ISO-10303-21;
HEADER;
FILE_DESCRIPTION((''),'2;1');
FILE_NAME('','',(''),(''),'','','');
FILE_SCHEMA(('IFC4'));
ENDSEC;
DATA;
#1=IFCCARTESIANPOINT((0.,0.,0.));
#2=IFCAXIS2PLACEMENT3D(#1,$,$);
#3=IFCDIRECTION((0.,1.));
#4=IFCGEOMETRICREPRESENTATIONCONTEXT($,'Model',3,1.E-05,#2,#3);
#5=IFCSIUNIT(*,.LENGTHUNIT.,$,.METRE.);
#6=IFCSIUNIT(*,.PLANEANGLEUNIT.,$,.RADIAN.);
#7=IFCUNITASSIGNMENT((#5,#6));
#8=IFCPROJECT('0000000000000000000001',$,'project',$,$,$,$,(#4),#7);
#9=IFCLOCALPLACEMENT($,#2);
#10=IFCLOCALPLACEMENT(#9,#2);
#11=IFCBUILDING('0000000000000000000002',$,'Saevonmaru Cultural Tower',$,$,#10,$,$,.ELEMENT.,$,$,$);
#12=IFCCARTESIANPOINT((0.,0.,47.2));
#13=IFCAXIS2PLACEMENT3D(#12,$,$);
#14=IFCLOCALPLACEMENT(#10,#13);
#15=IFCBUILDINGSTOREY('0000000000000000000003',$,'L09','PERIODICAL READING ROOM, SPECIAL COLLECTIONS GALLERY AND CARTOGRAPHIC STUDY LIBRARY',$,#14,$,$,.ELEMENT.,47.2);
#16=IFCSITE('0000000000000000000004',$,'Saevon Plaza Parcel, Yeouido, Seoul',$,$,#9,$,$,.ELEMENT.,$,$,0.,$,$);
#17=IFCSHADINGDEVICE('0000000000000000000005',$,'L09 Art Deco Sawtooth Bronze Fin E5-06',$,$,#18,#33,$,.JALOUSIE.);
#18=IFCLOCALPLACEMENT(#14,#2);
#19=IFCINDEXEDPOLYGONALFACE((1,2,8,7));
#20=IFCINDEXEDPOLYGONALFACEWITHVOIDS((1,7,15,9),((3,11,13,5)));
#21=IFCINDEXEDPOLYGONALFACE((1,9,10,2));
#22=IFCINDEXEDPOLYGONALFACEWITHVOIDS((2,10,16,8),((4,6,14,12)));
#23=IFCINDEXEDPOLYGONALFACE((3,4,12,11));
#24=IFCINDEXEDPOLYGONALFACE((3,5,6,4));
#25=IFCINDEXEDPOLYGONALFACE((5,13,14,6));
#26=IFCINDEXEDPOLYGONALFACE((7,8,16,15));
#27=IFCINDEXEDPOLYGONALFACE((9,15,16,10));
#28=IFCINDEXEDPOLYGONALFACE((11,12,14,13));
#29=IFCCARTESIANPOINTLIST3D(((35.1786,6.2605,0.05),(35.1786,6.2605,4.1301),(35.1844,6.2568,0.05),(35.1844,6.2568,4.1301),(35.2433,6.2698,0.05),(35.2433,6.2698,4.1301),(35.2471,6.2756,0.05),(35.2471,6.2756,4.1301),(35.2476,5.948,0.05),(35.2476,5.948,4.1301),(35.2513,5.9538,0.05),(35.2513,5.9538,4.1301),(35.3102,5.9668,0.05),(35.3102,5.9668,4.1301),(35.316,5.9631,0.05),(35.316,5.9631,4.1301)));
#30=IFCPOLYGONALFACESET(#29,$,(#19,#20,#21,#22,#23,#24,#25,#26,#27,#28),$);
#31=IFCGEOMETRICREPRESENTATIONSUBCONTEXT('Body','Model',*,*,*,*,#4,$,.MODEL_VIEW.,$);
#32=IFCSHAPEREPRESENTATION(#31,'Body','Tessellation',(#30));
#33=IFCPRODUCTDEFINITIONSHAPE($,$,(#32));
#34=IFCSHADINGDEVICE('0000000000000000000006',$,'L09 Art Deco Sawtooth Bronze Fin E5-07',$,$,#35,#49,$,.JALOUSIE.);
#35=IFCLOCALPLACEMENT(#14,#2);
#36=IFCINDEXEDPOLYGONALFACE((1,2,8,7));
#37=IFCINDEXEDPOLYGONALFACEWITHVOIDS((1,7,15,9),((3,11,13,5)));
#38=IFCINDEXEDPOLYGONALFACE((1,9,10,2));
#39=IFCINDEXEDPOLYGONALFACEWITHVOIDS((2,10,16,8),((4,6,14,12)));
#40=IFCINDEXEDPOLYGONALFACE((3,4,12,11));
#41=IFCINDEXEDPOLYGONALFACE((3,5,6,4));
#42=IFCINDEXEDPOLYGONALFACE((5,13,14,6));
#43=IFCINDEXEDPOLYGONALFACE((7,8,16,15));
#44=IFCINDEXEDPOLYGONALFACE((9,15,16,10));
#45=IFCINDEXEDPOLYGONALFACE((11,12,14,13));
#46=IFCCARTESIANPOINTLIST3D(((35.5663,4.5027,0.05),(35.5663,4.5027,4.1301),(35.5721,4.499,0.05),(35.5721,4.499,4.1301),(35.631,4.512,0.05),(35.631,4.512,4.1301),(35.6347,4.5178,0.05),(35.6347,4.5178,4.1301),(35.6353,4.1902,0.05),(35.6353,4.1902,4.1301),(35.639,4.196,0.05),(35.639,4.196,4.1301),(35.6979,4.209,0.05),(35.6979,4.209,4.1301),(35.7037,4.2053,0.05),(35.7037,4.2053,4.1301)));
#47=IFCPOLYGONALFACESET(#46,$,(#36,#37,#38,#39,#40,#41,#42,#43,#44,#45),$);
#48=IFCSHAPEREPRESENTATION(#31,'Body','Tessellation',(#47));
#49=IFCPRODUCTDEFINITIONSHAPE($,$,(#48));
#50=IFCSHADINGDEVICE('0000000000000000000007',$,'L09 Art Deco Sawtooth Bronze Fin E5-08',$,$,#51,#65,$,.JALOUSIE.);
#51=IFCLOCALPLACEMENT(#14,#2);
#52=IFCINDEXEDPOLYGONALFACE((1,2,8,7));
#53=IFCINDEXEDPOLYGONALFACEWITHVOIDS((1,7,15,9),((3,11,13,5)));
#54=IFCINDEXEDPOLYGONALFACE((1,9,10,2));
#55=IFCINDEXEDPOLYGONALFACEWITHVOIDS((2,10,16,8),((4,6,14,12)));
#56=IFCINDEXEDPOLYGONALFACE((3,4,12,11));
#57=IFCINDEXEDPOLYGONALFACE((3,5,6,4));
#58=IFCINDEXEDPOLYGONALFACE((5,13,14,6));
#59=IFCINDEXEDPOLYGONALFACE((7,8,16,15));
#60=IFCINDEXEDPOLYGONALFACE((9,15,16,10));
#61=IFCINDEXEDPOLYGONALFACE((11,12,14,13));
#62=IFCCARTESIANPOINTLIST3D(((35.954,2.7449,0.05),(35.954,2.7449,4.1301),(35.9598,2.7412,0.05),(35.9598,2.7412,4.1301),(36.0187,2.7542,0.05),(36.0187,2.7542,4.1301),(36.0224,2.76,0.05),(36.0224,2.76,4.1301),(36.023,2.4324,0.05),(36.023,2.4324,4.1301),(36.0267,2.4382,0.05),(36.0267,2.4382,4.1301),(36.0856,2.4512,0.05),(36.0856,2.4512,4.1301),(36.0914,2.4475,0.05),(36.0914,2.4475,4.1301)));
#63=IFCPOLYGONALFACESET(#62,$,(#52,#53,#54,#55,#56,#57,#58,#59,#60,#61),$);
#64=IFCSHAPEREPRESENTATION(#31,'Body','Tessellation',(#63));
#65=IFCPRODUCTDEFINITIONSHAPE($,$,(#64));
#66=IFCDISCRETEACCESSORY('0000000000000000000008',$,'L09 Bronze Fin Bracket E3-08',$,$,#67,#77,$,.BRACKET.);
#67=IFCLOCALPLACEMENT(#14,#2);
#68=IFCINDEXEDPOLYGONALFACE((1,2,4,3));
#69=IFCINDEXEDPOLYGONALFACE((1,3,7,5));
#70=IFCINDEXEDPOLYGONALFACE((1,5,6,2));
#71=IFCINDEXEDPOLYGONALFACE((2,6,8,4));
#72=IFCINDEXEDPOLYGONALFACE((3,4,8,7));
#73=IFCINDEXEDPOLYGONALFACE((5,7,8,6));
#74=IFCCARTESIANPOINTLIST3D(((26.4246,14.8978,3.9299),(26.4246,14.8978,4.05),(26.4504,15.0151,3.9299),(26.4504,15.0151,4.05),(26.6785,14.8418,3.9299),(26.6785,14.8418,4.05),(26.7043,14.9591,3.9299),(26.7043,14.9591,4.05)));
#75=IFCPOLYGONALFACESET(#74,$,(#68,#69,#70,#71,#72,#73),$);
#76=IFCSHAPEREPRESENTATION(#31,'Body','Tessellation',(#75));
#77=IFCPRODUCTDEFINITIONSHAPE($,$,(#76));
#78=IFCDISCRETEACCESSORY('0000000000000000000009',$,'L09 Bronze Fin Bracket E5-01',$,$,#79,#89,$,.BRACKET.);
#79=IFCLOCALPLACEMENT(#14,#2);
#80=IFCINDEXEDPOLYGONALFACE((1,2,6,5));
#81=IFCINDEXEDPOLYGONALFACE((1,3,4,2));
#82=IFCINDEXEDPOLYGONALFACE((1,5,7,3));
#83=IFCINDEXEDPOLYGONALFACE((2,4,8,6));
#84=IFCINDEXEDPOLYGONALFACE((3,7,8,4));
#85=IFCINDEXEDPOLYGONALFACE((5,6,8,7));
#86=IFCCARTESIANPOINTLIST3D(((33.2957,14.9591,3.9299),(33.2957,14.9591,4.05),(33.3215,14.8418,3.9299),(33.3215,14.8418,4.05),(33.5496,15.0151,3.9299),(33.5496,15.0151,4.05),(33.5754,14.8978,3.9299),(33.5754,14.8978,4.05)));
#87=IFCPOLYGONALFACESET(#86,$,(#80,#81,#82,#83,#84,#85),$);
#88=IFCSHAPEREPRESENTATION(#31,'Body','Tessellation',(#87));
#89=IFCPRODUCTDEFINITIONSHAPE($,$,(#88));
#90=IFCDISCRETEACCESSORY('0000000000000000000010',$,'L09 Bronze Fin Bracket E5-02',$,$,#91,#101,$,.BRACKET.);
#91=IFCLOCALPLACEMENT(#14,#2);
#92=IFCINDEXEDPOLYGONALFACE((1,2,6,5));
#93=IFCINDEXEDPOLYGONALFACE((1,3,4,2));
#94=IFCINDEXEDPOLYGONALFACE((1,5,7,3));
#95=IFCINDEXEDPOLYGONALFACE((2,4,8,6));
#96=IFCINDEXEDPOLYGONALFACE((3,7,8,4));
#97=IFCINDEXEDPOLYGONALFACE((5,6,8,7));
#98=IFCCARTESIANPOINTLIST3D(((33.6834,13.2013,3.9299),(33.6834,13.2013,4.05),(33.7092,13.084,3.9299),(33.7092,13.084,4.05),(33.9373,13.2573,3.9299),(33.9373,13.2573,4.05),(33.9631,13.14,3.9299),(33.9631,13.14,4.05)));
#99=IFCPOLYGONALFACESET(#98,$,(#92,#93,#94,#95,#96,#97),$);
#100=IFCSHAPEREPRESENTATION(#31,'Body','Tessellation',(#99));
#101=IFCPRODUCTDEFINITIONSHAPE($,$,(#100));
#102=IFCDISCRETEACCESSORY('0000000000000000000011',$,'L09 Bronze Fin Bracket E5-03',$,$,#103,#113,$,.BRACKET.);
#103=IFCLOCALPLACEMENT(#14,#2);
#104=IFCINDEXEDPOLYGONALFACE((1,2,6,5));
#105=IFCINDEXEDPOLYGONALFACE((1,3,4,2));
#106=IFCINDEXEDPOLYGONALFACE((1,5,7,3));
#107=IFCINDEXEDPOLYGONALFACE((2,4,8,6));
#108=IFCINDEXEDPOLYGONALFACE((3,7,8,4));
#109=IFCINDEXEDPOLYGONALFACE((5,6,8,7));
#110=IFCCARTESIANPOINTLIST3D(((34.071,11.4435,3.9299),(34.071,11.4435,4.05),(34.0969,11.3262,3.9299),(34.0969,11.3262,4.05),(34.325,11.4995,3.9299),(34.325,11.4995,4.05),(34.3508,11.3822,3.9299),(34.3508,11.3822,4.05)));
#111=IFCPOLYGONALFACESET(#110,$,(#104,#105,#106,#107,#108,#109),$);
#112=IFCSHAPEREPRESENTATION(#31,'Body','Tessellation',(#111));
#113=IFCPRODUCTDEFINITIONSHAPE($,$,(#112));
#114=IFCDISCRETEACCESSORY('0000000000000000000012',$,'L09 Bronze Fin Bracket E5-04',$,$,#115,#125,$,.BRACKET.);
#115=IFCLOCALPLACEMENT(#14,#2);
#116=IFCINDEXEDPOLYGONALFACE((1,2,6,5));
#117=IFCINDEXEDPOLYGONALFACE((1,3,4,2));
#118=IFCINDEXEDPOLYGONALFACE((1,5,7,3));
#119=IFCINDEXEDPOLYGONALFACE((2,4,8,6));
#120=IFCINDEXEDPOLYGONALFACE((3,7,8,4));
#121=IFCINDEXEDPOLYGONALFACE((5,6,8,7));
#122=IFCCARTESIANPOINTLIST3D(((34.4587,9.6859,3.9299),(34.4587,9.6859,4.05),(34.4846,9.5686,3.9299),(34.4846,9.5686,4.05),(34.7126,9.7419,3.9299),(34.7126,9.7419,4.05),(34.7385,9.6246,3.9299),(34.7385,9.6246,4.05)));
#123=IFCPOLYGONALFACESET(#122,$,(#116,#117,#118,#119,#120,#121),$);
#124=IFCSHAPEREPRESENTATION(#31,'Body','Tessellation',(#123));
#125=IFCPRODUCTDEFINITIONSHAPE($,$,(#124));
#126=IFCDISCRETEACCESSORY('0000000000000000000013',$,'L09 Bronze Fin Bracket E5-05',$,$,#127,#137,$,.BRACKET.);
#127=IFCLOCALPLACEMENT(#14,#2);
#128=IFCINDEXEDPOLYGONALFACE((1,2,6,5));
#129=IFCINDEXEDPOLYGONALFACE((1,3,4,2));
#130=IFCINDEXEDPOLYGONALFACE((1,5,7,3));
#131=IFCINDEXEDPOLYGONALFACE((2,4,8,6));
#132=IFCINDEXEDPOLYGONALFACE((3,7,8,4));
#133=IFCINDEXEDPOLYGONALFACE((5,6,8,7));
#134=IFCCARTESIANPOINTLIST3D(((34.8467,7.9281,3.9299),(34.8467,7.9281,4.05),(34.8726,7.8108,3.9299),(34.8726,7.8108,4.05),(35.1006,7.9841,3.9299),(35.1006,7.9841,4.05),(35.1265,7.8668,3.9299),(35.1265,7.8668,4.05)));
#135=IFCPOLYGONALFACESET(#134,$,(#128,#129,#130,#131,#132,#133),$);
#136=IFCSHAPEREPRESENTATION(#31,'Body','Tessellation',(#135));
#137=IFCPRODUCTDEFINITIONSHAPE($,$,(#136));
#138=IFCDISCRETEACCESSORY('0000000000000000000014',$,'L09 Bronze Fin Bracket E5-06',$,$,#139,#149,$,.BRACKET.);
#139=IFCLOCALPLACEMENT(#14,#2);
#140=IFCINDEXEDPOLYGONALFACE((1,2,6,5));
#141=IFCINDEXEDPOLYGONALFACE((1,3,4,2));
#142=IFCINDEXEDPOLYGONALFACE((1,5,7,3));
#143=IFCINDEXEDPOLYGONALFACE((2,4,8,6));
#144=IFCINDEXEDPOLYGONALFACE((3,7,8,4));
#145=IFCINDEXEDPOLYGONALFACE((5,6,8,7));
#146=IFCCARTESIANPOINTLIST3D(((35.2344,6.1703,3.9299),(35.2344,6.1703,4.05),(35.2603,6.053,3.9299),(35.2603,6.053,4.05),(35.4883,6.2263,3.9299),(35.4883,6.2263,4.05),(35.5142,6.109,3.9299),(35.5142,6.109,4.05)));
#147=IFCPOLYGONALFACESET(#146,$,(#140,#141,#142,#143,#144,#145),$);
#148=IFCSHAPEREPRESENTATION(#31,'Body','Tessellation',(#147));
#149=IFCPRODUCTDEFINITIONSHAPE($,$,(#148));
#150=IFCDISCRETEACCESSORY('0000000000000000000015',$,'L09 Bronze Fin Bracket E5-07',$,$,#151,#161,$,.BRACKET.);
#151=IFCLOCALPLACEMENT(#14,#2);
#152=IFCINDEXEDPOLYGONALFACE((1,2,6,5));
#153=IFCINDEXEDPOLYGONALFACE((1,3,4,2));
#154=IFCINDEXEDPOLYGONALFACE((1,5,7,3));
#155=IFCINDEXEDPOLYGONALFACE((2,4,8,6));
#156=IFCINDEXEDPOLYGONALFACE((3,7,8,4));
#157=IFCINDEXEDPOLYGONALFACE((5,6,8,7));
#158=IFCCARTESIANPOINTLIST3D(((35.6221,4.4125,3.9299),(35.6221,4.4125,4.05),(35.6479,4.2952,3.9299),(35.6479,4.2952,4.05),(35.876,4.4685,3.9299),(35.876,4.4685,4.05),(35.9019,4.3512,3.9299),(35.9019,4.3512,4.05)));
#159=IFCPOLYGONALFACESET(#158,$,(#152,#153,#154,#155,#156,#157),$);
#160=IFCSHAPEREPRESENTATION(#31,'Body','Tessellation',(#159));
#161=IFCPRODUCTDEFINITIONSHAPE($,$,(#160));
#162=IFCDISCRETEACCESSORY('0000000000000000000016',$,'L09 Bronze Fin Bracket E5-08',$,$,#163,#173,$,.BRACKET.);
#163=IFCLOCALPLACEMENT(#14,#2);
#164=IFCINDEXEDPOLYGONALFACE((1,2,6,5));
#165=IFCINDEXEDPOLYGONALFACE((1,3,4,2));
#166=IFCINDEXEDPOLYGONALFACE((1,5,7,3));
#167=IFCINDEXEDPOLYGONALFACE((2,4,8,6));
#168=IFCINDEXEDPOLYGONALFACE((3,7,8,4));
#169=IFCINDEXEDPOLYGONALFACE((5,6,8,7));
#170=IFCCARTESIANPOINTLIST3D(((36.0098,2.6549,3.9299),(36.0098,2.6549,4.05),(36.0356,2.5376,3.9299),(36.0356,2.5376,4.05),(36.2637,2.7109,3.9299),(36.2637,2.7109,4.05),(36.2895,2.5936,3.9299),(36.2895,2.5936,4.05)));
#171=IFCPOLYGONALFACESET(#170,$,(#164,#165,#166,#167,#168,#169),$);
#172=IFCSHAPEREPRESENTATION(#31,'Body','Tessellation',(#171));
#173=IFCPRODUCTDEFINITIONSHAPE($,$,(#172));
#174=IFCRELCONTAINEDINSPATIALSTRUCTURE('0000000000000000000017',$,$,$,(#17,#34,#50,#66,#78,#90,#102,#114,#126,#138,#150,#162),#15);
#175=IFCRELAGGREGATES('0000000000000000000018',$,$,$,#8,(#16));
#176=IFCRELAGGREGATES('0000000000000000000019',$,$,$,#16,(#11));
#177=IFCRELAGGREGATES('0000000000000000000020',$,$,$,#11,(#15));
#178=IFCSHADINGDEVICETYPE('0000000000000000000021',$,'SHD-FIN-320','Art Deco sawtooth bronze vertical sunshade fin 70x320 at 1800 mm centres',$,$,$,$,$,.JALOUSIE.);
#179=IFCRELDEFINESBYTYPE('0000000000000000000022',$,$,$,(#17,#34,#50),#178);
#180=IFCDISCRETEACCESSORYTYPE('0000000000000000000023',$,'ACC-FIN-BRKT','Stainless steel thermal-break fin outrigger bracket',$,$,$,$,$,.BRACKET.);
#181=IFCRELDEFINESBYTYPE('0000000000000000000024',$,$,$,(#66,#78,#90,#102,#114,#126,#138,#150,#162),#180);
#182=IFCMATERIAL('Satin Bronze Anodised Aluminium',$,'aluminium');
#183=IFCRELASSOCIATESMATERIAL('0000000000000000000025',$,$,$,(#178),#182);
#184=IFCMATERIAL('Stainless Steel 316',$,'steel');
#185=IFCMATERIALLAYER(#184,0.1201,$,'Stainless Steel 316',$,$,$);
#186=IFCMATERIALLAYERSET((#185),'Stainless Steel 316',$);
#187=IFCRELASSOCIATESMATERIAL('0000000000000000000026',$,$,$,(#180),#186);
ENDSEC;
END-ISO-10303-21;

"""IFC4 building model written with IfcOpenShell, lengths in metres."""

from ifc_helpers import new_model, si_unit, direction, frame, origin, origin_2d, place, context, subcontext, project, spatial, rectangle, hollow_rectangle, extrude, material, layer, layer_set, material_profile, profile_set, type_object, element, save


model = new_model("IFC4")

# Units and contexts
model_context = context("Model", 3, precision=1e-05, world=origin(), true_north=direction((0.0, 1.0)))
body_context = subcontext(model_context, "Body", "Model", "MODEL_VIEW")
ifc_project = project(units=[si_unit("LENGTHUNIT", "METRE"), si_unit("PLANEANGLEUNIT", "RADIAN")], contexts=[model_context])

# Site, building, storey
site_placement = place(None, origin())
site = spatial("IfcSite", under=ifc_project, at=site_placement, Name="Saevon Plaza Parcel, Yeouido, Seoul", CompositionType="ELEMENT", RefElevation=0.0)
building_placement = place(site_placement, origin())
building = spatial("IfcBuilding", under=site, at=building_placement, Name="Saevonmaru Cultural Tower", CompositionType="ELEMENT")
storey_placement = place(building_placement, frame((0.0, 0.0, 47.2)))
storey = spatial("IfcBuildingStorey", under=building, at=storey_placement, Name="L09", Description="PERIODICAL READING ROOM, SPECIAL COLLECTIONS GALLERY AND CARTOGRAPHIC STUDY LIBRARY", CompositionType="ELEMENT", Elevation=47.2)

# Shared definitions
ifc_material_1 = material(Name="Satin Bronze Anodised Aluminium", Category="aluminium")

# Shading devices
ifc_material_profile_1 = material_profile(ifc_material_1, hollow_rectangle(XDim=0.0701, YDim=0.3201, WallThickness=0.0049, at=origin_2d()), Name="FIN-320x70")
ifc_profile_set_1 = profile_set([ifc_material_profile_1], Name="Satin Bronze Anodised Aluminium")
shading_device_type = type_object("IfcShadingDeviceType", Name="SHD-FIN-320", Description="Art Deco sawtooth bronze vertical sunshade fin 70x320 at 1800 mm centres", PredefinedType="JALOUSIE", material=ifc_profile_set_1)
for number, where, z_axis, x_axis, name in (
    (1, (35.2473, 6.1118, 0.05), (0.0, 0.0, 1.0), (-0.976522, -0.215417, 0.0), "L09 Art Deco Sawtooth Bronze Fin E5-06"),
    (2, (35.635, 4.354, 0.05), (0.0, 0.0, 1.0), (-0.976522, -0.215417, 0.0), "L09 Art Deco Sawtooth Bronze Fin E5-07"),
    (3, (36.0227, 2.5962, 0.05), (0.0, 0.0, 1.0), (-0.976522, -0.215417, 0.0), "L09 Art Deco Sawtooth Bronze Fin E5-08"),
):
    element("IfcShadingDevice", number, at=place(storey_placement, frame(where, z_axis=z_axis, x_axis=x_axis)), inside=storey, type_object=shading_device_type, Name=name, PredefinedType="JALOUSIE", context=body_context, shape_type="SweptSolid", body=[
        extrude(hollow_rectangle(XDim=0.0701, YDim=0.3201, WallThickness=0.0049, at=origin_2d()), origin(), (0.0, 0.0, 1.0), 4.0801),
    ])

# Discrete accessories
ifc_material_2 = material(Name="Stainless Steel 316", Category="steel")
ifc_layer_1 = layer(ifc_material_2, 0.1201, Name="Stainless Steel 316")
ifc_layer_set_1 = layer_set([ifc_layer_1], Name="Stainless Steel 316")
discrete_accessory_type = type_object("IfcDiscreteAccessoryType", Name="ACC-FIN-BRKT", Description="Stainless steel thermal-break fin outrigger bracket", PredefinedType="BRACKET", material=ifc_layer_set_1)
for number, where, z_axis, x_axis, name in (
    (4, (26.5645, 14.9285, 3.9299), (0.0, 0.0, 1.0), (0.976522, -0.215417, 0.0), "L09 Bronze Fin Bracket E3-08"),
    (5, (33.4355, 14.9285, 3.9299), (0.0, 0.0, 1.0), (-0.976522, -0.215417, 0.0), "L09 Bronze Fin Bracket E5-01"),
    (6, (33.8232, 13.1707, 3.9299), (0.0, 0.0, 1.0), (-0.976522, -0.215417, 0.0), "L09 Bronze Fin Bracket E5-02"),
    (7, (34.2109, 11.4128, 3.9299), (0.0, 0.0, 1.0), (-0.976522, -0.215417, 0.0), "L09 Bronze Fin Bracket E5-03"),
    (8, (34.5986, 9.6553, 3.9299), (0.0, 0.0, 1.0), (-0.976522, -0.215417, 0.0), "L09 Bronze Fin Bracket E5-04"),
    (9, (34.9866, 7.8975, 3.9299), (0.0, 0.0, 1.0), (-0.976522, -0.215417, 0.0), "L09 Bronze Fin Bracket E5-05"),
    (10, (35.3743, 6.1396, 3.9299), (0.0, 0.0, 1.0), (-0.976522, -0.215417, 0.0), "L09 Bronze Fin Bracket E5-06"),
    (11, (35.762, 4.3818, 3.9299), (0.0, 0.0, 1.0), (-0.976522, -0.215417, 0.0), "L09 Bronze Fin Bracket E5-07"),
    (12, (36.1497, 2.6243, 3.9299), (0.0, 0.0, 1.0), (-0.976522, -0.215417, 0.0), "L09 Bronze Fin Bracket E5-08"),
):
    element("IfcDiscreteAccessory", number, at=place(storey_placement, frame(where, z_axis=z_axis, x_axis=x_axis)), inside=storey, type_object=discrete_accessory_type, Name=name, PredefinedType="BRACKET", context=body_context, shape_type="SweptSolid", body=[
        extrude(rectangle(XDim=0.26, YDim=0.1201, at=origin_2d()), origin(), (0.0, 0.0, 1.0), 0.1201),
    ])

save(model, "model.ifc")
